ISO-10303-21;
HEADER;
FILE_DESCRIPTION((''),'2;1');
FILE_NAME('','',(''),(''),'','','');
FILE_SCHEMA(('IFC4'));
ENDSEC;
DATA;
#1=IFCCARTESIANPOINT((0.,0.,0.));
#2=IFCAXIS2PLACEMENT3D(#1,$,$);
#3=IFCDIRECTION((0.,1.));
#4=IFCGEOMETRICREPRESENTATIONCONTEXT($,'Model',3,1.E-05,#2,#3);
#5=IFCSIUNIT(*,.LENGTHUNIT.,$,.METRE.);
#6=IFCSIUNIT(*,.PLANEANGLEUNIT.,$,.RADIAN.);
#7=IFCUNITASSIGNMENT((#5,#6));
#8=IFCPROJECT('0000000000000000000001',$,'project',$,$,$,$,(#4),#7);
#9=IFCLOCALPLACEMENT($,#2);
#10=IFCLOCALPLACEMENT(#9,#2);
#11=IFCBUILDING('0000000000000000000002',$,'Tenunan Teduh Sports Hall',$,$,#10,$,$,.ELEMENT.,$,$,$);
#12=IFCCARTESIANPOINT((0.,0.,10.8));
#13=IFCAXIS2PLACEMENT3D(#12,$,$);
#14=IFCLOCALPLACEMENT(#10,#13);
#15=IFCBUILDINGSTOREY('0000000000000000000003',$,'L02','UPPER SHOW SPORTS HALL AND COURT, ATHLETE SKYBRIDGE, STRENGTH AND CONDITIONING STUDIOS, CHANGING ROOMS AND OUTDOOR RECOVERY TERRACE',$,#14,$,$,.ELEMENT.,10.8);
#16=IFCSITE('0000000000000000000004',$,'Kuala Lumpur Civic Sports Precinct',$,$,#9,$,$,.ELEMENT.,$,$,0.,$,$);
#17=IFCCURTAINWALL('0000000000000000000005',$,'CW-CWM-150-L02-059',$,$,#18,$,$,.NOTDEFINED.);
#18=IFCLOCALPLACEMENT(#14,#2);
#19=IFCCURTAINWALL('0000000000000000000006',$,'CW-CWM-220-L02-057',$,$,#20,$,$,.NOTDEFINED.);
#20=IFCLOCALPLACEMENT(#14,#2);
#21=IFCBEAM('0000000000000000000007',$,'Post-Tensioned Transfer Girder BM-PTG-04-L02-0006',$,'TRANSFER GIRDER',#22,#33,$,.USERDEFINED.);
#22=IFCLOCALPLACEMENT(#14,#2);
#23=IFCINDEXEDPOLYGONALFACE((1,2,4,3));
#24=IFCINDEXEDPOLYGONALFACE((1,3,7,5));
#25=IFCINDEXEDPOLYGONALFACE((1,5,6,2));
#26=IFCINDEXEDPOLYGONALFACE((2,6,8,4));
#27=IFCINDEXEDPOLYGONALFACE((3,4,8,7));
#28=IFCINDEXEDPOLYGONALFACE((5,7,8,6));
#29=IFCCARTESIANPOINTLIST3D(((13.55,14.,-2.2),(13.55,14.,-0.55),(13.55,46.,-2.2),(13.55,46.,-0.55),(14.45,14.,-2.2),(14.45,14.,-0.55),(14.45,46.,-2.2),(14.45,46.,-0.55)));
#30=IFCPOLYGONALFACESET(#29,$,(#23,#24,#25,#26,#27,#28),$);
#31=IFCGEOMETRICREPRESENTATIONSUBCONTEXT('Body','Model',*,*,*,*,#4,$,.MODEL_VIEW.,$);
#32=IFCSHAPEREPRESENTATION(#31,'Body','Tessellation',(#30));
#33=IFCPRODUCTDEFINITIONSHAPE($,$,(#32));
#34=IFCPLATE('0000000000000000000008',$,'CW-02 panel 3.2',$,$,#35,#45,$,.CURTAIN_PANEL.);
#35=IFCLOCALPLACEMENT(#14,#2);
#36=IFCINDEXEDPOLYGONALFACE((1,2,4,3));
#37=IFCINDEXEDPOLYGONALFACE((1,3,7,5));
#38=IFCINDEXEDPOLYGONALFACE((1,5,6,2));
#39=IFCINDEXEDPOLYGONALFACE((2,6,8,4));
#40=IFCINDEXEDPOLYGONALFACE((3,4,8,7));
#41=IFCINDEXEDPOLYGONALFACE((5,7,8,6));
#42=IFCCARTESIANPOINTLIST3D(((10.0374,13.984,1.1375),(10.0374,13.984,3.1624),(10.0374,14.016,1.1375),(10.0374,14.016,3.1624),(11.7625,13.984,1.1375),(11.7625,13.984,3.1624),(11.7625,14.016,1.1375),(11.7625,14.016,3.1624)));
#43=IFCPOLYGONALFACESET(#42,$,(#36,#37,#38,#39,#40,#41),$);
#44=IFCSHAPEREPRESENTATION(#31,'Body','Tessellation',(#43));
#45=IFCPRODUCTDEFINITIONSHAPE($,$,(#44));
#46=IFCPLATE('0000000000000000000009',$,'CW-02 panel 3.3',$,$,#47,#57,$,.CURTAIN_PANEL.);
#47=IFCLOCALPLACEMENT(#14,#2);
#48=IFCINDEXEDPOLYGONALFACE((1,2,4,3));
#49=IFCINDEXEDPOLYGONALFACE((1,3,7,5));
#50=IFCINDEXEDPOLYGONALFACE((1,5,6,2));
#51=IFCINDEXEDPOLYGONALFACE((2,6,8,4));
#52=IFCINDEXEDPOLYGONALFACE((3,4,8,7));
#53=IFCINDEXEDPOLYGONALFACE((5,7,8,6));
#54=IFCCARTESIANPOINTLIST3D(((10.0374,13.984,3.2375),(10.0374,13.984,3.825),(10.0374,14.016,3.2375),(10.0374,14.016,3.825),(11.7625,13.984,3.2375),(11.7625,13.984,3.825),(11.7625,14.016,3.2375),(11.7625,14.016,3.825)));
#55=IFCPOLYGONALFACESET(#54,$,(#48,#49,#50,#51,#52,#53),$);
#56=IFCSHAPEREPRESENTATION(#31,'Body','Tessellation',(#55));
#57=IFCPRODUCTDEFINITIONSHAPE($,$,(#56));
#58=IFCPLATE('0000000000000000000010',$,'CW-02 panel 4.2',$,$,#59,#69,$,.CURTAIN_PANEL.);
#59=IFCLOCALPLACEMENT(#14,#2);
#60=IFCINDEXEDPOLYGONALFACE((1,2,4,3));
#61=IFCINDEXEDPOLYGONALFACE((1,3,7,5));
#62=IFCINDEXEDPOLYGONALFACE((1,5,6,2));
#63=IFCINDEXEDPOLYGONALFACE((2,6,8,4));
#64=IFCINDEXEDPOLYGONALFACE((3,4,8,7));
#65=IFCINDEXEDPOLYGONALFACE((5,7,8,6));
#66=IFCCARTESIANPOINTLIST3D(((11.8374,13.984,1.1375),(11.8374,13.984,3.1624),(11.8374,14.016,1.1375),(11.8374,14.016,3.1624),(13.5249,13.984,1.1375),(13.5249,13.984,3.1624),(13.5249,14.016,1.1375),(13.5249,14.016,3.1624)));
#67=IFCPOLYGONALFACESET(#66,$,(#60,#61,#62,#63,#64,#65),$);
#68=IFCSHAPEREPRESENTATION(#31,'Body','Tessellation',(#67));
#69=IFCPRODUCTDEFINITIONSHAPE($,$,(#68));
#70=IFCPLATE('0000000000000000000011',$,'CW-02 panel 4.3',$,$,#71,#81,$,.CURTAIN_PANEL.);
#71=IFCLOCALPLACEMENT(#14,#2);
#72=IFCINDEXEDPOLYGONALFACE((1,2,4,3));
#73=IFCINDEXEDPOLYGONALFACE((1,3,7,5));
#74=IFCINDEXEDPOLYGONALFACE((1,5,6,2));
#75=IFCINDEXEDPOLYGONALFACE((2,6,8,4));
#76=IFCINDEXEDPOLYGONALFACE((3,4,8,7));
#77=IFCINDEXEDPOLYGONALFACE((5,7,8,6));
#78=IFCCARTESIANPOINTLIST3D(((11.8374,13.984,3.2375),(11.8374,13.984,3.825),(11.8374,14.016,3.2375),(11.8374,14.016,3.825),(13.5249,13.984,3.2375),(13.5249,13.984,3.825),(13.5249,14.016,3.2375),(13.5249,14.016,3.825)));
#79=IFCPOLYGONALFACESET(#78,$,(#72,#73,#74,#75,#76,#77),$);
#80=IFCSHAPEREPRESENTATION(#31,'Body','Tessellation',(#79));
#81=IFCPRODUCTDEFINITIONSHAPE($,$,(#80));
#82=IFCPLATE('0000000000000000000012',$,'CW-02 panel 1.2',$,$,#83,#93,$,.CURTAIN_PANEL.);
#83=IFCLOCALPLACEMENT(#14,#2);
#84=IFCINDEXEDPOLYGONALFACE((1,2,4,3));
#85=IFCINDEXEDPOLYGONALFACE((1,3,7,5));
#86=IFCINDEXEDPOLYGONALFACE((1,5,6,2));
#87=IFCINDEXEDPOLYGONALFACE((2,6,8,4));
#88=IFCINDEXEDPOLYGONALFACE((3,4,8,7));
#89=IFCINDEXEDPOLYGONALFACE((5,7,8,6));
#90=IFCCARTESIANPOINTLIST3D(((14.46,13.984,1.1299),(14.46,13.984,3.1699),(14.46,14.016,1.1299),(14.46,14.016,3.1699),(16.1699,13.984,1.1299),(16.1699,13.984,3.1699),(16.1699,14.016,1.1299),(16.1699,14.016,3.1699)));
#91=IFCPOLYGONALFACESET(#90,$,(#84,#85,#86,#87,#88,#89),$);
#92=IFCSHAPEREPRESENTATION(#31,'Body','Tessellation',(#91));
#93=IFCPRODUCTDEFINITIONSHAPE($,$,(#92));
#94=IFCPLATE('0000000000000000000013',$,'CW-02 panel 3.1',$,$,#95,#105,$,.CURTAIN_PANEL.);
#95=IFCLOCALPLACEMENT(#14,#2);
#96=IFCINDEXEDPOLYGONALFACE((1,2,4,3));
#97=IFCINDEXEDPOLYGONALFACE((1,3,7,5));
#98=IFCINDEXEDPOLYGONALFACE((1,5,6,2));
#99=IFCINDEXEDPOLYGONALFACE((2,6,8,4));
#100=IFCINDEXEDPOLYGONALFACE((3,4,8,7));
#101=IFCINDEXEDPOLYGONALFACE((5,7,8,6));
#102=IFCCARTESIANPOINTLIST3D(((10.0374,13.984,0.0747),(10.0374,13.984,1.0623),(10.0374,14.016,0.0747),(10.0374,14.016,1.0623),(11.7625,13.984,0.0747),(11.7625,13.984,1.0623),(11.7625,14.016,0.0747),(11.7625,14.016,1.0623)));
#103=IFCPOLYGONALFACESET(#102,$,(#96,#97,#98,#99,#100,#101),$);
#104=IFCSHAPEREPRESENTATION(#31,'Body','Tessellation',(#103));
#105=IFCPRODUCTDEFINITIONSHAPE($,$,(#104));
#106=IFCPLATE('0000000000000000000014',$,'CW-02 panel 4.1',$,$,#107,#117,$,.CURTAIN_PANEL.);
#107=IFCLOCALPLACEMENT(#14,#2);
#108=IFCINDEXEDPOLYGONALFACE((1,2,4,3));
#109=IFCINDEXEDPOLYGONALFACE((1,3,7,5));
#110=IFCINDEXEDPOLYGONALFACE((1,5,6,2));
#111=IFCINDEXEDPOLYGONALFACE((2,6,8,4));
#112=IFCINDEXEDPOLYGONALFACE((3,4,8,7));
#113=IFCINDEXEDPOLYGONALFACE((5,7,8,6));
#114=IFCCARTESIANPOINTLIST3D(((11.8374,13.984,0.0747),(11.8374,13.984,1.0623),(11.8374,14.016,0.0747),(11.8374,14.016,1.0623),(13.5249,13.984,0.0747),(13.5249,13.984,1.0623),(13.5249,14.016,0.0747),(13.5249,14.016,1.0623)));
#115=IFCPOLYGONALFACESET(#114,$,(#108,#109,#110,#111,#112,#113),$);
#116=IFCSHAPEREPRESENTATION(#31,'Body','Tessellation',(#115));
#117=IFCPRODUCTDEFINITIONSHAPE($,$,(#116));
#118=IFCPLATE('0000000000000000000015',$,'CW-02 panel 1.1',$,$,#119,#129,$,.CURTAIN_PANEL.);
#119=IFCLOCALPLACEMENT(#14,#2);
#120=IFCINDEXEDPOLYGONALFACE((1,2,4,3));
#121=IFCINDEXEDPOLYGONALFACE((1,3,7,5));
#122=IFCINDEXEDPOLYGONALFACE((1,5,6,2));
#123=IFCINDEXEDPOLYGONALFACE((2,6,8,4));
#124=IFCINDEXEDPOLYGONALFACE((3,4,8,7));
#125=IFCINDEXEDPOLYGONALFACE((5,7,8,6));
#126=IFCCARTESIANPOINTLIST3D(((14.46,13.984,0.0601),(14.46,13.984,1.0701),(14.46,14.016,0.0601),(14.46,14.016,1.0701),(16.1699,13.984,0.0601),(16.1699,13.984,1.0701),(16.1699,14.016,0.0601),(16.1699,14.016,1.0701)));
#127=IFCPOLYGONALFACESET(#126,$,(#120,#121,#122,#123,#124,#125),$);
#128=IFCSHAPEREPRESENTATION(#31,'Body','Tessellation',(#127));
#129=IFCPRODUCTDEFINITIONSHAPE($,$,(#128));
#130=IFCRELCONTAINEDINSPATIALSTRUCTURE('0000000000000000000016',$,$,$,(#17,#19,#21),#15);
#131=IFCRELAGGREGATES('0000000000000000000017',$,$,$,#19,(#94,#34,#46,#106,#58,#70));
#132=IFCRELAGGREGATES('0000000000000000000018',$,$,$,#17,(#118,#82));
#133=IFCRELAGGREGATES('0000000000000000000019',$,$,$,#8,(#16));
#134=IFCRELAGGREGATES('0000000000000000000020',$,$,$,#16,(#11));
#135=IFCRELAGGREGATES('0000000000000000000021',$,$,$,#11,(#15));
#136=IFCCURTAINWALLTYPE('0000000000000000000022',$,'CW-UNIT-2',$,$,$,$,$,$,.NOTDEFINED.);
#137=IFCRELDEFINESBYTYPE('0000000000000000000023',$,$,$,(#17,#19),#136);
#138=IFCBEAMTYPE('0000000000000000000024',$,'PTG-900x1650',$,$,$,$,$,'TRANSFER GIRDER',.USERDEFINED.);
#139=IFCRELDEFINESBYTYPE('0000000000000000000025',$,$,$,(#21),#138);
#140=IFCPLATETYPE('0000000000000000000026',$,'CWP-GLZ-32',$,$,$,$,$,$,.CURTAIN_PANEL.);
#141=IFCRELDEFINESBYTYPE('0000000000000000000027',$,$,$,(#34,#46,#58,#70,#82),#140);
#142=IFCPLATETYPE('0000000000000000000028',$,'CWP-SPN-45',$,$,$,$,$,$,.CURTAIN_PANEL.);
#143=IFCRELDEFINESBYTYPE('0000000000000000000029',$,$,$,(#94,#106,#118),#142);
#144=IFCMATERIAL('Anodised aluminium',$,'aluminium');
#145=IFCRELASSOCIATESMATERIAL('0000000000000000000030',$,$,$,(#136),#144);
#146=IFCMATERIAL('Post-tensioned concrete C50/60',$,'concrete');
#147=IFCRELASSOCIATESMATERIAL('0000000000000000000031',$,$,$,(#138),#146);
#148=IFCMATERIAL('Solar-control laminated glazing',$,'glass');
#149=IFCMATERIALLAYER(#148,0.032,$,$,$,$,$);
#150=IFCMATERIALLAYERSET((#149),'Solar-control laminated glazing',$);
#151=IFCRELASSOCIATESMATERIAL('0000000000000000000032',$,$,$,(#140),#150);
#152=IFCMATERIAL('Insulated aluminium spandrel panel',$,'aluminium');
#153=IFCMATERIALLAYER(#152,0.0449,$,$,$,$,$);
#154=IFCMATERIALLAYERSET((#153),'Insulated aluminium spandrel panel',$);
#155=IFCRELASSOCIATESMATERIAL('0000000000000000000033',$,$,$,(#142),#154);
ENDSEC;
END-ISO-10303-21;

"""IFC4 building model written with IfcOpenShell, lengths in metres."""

from ifc_helpers import new_model, si_unit, direction, frame, origin, origin_2d, place, context, subcontext, project, spatial, rectangle, extrude, material, layer, layer_set, material_profile, profile_set, type_object, element, aggregate, save


model = new_model("IFC4")

# Units and contexts
model_context = context("Model", 3, precision=1e-05, world=origin(), true_north=direction((0.0, 1.0)))
body_context = subcontext(model_context, "Body", "Model", "MODEL_VIEW")
ifc_project = project(units=[si_unit("LENGTHUNIT", "METRE"), si_unit("PLANEANGLEUNIT", "RADIAN")], contexts=[model_context])

# Site, building, storey
site_placement = place(None, origin())
site = spatial("IfcSite", under=ifc_project, at=site_placement, Name="Kuala Lumpur Civic Sports Precinct", CompositionType="ELEMENT", RefElevation=0.0)
building_placement = place(site_placement, origin())
building = spatial("IfcBuilding", under=site, at=building_placement, Name="Tenunan Teduh Sports Hall", CompositionType="ELEMENT")
storey_placement = place(building_placement, frame((0.0, 0.0, 10.8)))
storey = spatial("IfcBuildingStorey", under=building, at=storey_placement, Name="L02", Description="UPPER SHOW SPORTS HALL AND COURT, ATHLETE SKYBRIDGE, STRENGTH AND CONDITIONING STUDIOS, CHANGING ROOMS AND OUTDOOR RECOVERY TERRACE", CompositionType="ELEMENT", Elevation=10.8)

# Curtain wall
ifc_material_1 = material(Name="Anodised aluminium", Category="aluminium")
curtain_wall_type = type_object("IfcCurtainWallType", Name="CW-UNIT-2", PredefinedType="NOTDEFINED", material=ifc_material_1)
curtain_wall_1_placement = place(storey_placement, origin())
curtain_wall_1 = element("IfcCurtainWall", 1, at=curtain_wall_1_placement, inside=storey, type_object=curtain_wall_type, Name="CW-CWM-150-L02-059", PredefinedType="NOTDEFINED")

# Curtain wall
curtain_wall_2_placement = place(storey_placement, origin())
curtain_wall_2 = element("IfcCurtainWall", 2, at=curtain_wall_2_placement, inside=storey, type_object=curtain_wall_type, Name="CW-CWM-220-L02-057", PredefinedType="NOTDEFINED")

# Beam
ifc_material_2 = material(Name="Post-tensioned concrete C50/60", Category="concrete")
ifc_material_profile_1 = material_profile(ifc_material_2, rectangle(XDim=0.8999, YDim=1.6499, at=origin_2d()), Name="PTG 900x1650")
ifc_profile_set_1 = profile_set([ifc_material_profile_1], Name="Post-tensioned concrete C50/60")
beam_type_1 = type_object("IfcBeamType", Name="PTG-900x1650", ElementType="TRANSFER GIRDER", PredefinedType="USERDEFINED", material=ifc_profile_set_1)
beam_1_placement = place(storey_placement, frame((14.0, 14.0, -1.375), z_axis=(0.0, 1.0, 0.0), x_axis=(-1.0, 0.0, 0.0)))
element("IfcBeam", 3, at=beam_1_placement, inside=storey, type_object=beam_type_1, Name="Post-Tensioned Transfer Girder BM-PTG-04-L02-0006", ObjectType="TRANSFER GIRDER", PredefinedType="USERDEFINED", context=body_context, shape_type="SweptSolid", body=[
    extrude(rectangle(XDim=0.8999, YDim=1.6499, at=origin_2d()), origin(), (0.0, 0.0, 1.0), 32.0),
])

# Plates
ifc_material_3 = material(Name="Solar-control laminated glazing", Category="glass")
ifc_layer_1 = layer(ifc_material_3, 0.032)
ifc_layer_set_1 = layer_set([ifc_layer_1], Name="Solar-control laminated glazing")
plate_type_1 = type_object("IfcPlateType", Name="CWP-GLZ-32", PredefinedType="CURTAIN_PANEL", material=ifc_layer_set_1)
plate_1_placement = place(storey_placement, frame((10.8999, 14.0, 1.1375), z_axis=(0.0, 0.0, 1.0), x_axis=(1.0, 0.0, 0.0)))
plate_1 = element("IfcPlate", 4, at=plate_1_placement, type_object=plate_type_1, Name="CW-02 panel 3.2", PredefinedType="CURTAIN_PANEL", context=body_context, shape_type="SweptSolid", body=[
    extrude(rectangle(XDim=1.7251, YDim=0.032, at=origin_2d()), origin(), (0.0, 0.0, 1.0), 2.0249),
])
plate_2_placement = place(storey_placement, frame((10.8999, 14.0, 3.2375), z_axis=(0.0, 0.0, 1.0), x_axis=(1.0, 0.0, 0.0)))
plate_2 = element("IfcPlate", 5, at=plate_2_placement, type_object=plate_type_1, Name="CW-02 panel 3.3", PredefinedType="CURTAIN_PANEL", context=body_context, shape_type="SweptSolid", body=[
    extrude(rectangle(XDim=1.7251, YDim=0.032, at=origin_2d()), origin(), (0.0, 0.0, 1.0), 0.5874),
])
plate_3_placement = place(storey_placement, frame((12.6812, 14.0, 1.1375), z_axis=(0.0, 0.0, 1.0), x_axis=(1.0, 0.0, 0.0)))
plate_3 = element("IfcPlate", 6, at=plate_3_placement, type_object=plate_type_1, Name="CW-02 panel 4.2", PredefinedType="CURTAIN_PANEL", context=body_context, shape_type="SweptSolid", body=[
    extrude(rectangle(XDim=1.6875, YDim=0.032, at=origin_2d()), origin(), (0.0, 0.0, 1.0), 2.0249),
])
plate_4_placement = place(storey_placement, frame((12.6812, 14.0, 3.2375), z_axis=(0.0, 0.0, 1.0), x_axis=(1.0, 0.0, 0.0)))
plate_4 = element("IfcPlate", 7, at=plate_4_placement, type_object=plate_type_1, Name="CW-02 panel 4.3", PredefinedType="CURTAIN_PANEL", context=body_context, shape_type="SweptSolid", body=[
    extrude(rectangle(XDim=1.6875, YDim=0.032, at=origin_2d()), origin(), (0.0, 0.0, 1.0), 0.5874),
])
plate_5_placement = place(storey_placement, frame((15.3149, 14.0, 1.1299), z_axis=(0.0, 0.0, 1.0), x_axis=(1.0, 0.0, 0.0)))
plate_5 = element("IfcPlate", 8, at=plate_5_placement, type_object=plate_type_1, Name="CW-02 panel 1.2", PredefinedType="CURTAIN_PANEL", context=body_context, shape_type="SweptSolid", body=[
    extrude(rectangle(XDim=1.71, YDim=0.032, at=origin_2d()), origin(), (0.0, 0.0, 1.0), 2.04),
])
ifc_material_4 = material(Name="Insulated aluminium spandrel panel", Category="aluminium")
ifc_layer_2 = layer(ifc_material_4, 0.0449)
ifc_layer_set_2 = layer_set([ifc_layer_2], Name="Insulated aluminium spandrel panel")
plate_type_2 = type_object("IfcPlateType", Name="CWP-SPN-45", PredefinedType="CURTAIN_PANEL", material=ifc_layer_set_2)
plate_6_placement = place(storey_placement, frame((10.8999, 14.0, 0.0747), z_axis=(0.0, 0.0, 1.0), x_axis=(1.0, 0.0, 0.0)))
plate_6 = element("IfcPlate", 9, at=plate_6_placement, type_object=plate_type_2, Name="CW-02 panel 3.1", PredefinedType="CURTAIN_PANEL", context=body_context, shape_type="SweptSolid", body=[
    extrude(rectangle(XDim=1.7251, YDim=0.032, at=origin_2d()), origin(), (0.0, 0.0, 1.0), 0.9875),
])
plate_7_placement = place(storey_placement, frame((12.6812, 14.0, 0.0747), z_axis=(0.0, 0.0, 1.0), x_axis=(1.0, 0.0, 0.0)))
plate_7 = element("IfcPlate", 10, at=plate_7_placement, type_object=plate_type_2, Name="CW-02 panel 4.1", PredefinedType="CURTAIN_PANEL", context=body_context, shape_type="SweptSolid", body=[
    extrude(rectangle(XDim=1.6875, YDim=0.032, at=origin_2d()), origin(), (0.0, 0.0, 1.0), 0.9875),
])
aggregate(curtain_wall_2, [plate_6, plate_1, plate_2, plate_7, plate_3, plate_4])
plate_8_placement = place(storey_placement, frame((15.3149, 14.0, 0.0601), z_axis=(0.0, 0.0, 1.0), x_axis=(1.0, 0.0, 0.0)))
plate_8 = element("IfcPlate", 11, at=plate_8_placement, type_object=plate_type_2, Name="CW-02 panel 1.1", PredefinedType="CURTAIN_PANEL", context=body_context, shape_type="SweptSolid", body=[
    extrude(rectangle(XDim=1.71, YDim=0.032, at=origin_2d()), origin(), (0.0, 0.0, 1.0), 1.01),
])
aggregate(curtain_wall_1, [plate_8, plate_5])

save(model, "model.ifc")
